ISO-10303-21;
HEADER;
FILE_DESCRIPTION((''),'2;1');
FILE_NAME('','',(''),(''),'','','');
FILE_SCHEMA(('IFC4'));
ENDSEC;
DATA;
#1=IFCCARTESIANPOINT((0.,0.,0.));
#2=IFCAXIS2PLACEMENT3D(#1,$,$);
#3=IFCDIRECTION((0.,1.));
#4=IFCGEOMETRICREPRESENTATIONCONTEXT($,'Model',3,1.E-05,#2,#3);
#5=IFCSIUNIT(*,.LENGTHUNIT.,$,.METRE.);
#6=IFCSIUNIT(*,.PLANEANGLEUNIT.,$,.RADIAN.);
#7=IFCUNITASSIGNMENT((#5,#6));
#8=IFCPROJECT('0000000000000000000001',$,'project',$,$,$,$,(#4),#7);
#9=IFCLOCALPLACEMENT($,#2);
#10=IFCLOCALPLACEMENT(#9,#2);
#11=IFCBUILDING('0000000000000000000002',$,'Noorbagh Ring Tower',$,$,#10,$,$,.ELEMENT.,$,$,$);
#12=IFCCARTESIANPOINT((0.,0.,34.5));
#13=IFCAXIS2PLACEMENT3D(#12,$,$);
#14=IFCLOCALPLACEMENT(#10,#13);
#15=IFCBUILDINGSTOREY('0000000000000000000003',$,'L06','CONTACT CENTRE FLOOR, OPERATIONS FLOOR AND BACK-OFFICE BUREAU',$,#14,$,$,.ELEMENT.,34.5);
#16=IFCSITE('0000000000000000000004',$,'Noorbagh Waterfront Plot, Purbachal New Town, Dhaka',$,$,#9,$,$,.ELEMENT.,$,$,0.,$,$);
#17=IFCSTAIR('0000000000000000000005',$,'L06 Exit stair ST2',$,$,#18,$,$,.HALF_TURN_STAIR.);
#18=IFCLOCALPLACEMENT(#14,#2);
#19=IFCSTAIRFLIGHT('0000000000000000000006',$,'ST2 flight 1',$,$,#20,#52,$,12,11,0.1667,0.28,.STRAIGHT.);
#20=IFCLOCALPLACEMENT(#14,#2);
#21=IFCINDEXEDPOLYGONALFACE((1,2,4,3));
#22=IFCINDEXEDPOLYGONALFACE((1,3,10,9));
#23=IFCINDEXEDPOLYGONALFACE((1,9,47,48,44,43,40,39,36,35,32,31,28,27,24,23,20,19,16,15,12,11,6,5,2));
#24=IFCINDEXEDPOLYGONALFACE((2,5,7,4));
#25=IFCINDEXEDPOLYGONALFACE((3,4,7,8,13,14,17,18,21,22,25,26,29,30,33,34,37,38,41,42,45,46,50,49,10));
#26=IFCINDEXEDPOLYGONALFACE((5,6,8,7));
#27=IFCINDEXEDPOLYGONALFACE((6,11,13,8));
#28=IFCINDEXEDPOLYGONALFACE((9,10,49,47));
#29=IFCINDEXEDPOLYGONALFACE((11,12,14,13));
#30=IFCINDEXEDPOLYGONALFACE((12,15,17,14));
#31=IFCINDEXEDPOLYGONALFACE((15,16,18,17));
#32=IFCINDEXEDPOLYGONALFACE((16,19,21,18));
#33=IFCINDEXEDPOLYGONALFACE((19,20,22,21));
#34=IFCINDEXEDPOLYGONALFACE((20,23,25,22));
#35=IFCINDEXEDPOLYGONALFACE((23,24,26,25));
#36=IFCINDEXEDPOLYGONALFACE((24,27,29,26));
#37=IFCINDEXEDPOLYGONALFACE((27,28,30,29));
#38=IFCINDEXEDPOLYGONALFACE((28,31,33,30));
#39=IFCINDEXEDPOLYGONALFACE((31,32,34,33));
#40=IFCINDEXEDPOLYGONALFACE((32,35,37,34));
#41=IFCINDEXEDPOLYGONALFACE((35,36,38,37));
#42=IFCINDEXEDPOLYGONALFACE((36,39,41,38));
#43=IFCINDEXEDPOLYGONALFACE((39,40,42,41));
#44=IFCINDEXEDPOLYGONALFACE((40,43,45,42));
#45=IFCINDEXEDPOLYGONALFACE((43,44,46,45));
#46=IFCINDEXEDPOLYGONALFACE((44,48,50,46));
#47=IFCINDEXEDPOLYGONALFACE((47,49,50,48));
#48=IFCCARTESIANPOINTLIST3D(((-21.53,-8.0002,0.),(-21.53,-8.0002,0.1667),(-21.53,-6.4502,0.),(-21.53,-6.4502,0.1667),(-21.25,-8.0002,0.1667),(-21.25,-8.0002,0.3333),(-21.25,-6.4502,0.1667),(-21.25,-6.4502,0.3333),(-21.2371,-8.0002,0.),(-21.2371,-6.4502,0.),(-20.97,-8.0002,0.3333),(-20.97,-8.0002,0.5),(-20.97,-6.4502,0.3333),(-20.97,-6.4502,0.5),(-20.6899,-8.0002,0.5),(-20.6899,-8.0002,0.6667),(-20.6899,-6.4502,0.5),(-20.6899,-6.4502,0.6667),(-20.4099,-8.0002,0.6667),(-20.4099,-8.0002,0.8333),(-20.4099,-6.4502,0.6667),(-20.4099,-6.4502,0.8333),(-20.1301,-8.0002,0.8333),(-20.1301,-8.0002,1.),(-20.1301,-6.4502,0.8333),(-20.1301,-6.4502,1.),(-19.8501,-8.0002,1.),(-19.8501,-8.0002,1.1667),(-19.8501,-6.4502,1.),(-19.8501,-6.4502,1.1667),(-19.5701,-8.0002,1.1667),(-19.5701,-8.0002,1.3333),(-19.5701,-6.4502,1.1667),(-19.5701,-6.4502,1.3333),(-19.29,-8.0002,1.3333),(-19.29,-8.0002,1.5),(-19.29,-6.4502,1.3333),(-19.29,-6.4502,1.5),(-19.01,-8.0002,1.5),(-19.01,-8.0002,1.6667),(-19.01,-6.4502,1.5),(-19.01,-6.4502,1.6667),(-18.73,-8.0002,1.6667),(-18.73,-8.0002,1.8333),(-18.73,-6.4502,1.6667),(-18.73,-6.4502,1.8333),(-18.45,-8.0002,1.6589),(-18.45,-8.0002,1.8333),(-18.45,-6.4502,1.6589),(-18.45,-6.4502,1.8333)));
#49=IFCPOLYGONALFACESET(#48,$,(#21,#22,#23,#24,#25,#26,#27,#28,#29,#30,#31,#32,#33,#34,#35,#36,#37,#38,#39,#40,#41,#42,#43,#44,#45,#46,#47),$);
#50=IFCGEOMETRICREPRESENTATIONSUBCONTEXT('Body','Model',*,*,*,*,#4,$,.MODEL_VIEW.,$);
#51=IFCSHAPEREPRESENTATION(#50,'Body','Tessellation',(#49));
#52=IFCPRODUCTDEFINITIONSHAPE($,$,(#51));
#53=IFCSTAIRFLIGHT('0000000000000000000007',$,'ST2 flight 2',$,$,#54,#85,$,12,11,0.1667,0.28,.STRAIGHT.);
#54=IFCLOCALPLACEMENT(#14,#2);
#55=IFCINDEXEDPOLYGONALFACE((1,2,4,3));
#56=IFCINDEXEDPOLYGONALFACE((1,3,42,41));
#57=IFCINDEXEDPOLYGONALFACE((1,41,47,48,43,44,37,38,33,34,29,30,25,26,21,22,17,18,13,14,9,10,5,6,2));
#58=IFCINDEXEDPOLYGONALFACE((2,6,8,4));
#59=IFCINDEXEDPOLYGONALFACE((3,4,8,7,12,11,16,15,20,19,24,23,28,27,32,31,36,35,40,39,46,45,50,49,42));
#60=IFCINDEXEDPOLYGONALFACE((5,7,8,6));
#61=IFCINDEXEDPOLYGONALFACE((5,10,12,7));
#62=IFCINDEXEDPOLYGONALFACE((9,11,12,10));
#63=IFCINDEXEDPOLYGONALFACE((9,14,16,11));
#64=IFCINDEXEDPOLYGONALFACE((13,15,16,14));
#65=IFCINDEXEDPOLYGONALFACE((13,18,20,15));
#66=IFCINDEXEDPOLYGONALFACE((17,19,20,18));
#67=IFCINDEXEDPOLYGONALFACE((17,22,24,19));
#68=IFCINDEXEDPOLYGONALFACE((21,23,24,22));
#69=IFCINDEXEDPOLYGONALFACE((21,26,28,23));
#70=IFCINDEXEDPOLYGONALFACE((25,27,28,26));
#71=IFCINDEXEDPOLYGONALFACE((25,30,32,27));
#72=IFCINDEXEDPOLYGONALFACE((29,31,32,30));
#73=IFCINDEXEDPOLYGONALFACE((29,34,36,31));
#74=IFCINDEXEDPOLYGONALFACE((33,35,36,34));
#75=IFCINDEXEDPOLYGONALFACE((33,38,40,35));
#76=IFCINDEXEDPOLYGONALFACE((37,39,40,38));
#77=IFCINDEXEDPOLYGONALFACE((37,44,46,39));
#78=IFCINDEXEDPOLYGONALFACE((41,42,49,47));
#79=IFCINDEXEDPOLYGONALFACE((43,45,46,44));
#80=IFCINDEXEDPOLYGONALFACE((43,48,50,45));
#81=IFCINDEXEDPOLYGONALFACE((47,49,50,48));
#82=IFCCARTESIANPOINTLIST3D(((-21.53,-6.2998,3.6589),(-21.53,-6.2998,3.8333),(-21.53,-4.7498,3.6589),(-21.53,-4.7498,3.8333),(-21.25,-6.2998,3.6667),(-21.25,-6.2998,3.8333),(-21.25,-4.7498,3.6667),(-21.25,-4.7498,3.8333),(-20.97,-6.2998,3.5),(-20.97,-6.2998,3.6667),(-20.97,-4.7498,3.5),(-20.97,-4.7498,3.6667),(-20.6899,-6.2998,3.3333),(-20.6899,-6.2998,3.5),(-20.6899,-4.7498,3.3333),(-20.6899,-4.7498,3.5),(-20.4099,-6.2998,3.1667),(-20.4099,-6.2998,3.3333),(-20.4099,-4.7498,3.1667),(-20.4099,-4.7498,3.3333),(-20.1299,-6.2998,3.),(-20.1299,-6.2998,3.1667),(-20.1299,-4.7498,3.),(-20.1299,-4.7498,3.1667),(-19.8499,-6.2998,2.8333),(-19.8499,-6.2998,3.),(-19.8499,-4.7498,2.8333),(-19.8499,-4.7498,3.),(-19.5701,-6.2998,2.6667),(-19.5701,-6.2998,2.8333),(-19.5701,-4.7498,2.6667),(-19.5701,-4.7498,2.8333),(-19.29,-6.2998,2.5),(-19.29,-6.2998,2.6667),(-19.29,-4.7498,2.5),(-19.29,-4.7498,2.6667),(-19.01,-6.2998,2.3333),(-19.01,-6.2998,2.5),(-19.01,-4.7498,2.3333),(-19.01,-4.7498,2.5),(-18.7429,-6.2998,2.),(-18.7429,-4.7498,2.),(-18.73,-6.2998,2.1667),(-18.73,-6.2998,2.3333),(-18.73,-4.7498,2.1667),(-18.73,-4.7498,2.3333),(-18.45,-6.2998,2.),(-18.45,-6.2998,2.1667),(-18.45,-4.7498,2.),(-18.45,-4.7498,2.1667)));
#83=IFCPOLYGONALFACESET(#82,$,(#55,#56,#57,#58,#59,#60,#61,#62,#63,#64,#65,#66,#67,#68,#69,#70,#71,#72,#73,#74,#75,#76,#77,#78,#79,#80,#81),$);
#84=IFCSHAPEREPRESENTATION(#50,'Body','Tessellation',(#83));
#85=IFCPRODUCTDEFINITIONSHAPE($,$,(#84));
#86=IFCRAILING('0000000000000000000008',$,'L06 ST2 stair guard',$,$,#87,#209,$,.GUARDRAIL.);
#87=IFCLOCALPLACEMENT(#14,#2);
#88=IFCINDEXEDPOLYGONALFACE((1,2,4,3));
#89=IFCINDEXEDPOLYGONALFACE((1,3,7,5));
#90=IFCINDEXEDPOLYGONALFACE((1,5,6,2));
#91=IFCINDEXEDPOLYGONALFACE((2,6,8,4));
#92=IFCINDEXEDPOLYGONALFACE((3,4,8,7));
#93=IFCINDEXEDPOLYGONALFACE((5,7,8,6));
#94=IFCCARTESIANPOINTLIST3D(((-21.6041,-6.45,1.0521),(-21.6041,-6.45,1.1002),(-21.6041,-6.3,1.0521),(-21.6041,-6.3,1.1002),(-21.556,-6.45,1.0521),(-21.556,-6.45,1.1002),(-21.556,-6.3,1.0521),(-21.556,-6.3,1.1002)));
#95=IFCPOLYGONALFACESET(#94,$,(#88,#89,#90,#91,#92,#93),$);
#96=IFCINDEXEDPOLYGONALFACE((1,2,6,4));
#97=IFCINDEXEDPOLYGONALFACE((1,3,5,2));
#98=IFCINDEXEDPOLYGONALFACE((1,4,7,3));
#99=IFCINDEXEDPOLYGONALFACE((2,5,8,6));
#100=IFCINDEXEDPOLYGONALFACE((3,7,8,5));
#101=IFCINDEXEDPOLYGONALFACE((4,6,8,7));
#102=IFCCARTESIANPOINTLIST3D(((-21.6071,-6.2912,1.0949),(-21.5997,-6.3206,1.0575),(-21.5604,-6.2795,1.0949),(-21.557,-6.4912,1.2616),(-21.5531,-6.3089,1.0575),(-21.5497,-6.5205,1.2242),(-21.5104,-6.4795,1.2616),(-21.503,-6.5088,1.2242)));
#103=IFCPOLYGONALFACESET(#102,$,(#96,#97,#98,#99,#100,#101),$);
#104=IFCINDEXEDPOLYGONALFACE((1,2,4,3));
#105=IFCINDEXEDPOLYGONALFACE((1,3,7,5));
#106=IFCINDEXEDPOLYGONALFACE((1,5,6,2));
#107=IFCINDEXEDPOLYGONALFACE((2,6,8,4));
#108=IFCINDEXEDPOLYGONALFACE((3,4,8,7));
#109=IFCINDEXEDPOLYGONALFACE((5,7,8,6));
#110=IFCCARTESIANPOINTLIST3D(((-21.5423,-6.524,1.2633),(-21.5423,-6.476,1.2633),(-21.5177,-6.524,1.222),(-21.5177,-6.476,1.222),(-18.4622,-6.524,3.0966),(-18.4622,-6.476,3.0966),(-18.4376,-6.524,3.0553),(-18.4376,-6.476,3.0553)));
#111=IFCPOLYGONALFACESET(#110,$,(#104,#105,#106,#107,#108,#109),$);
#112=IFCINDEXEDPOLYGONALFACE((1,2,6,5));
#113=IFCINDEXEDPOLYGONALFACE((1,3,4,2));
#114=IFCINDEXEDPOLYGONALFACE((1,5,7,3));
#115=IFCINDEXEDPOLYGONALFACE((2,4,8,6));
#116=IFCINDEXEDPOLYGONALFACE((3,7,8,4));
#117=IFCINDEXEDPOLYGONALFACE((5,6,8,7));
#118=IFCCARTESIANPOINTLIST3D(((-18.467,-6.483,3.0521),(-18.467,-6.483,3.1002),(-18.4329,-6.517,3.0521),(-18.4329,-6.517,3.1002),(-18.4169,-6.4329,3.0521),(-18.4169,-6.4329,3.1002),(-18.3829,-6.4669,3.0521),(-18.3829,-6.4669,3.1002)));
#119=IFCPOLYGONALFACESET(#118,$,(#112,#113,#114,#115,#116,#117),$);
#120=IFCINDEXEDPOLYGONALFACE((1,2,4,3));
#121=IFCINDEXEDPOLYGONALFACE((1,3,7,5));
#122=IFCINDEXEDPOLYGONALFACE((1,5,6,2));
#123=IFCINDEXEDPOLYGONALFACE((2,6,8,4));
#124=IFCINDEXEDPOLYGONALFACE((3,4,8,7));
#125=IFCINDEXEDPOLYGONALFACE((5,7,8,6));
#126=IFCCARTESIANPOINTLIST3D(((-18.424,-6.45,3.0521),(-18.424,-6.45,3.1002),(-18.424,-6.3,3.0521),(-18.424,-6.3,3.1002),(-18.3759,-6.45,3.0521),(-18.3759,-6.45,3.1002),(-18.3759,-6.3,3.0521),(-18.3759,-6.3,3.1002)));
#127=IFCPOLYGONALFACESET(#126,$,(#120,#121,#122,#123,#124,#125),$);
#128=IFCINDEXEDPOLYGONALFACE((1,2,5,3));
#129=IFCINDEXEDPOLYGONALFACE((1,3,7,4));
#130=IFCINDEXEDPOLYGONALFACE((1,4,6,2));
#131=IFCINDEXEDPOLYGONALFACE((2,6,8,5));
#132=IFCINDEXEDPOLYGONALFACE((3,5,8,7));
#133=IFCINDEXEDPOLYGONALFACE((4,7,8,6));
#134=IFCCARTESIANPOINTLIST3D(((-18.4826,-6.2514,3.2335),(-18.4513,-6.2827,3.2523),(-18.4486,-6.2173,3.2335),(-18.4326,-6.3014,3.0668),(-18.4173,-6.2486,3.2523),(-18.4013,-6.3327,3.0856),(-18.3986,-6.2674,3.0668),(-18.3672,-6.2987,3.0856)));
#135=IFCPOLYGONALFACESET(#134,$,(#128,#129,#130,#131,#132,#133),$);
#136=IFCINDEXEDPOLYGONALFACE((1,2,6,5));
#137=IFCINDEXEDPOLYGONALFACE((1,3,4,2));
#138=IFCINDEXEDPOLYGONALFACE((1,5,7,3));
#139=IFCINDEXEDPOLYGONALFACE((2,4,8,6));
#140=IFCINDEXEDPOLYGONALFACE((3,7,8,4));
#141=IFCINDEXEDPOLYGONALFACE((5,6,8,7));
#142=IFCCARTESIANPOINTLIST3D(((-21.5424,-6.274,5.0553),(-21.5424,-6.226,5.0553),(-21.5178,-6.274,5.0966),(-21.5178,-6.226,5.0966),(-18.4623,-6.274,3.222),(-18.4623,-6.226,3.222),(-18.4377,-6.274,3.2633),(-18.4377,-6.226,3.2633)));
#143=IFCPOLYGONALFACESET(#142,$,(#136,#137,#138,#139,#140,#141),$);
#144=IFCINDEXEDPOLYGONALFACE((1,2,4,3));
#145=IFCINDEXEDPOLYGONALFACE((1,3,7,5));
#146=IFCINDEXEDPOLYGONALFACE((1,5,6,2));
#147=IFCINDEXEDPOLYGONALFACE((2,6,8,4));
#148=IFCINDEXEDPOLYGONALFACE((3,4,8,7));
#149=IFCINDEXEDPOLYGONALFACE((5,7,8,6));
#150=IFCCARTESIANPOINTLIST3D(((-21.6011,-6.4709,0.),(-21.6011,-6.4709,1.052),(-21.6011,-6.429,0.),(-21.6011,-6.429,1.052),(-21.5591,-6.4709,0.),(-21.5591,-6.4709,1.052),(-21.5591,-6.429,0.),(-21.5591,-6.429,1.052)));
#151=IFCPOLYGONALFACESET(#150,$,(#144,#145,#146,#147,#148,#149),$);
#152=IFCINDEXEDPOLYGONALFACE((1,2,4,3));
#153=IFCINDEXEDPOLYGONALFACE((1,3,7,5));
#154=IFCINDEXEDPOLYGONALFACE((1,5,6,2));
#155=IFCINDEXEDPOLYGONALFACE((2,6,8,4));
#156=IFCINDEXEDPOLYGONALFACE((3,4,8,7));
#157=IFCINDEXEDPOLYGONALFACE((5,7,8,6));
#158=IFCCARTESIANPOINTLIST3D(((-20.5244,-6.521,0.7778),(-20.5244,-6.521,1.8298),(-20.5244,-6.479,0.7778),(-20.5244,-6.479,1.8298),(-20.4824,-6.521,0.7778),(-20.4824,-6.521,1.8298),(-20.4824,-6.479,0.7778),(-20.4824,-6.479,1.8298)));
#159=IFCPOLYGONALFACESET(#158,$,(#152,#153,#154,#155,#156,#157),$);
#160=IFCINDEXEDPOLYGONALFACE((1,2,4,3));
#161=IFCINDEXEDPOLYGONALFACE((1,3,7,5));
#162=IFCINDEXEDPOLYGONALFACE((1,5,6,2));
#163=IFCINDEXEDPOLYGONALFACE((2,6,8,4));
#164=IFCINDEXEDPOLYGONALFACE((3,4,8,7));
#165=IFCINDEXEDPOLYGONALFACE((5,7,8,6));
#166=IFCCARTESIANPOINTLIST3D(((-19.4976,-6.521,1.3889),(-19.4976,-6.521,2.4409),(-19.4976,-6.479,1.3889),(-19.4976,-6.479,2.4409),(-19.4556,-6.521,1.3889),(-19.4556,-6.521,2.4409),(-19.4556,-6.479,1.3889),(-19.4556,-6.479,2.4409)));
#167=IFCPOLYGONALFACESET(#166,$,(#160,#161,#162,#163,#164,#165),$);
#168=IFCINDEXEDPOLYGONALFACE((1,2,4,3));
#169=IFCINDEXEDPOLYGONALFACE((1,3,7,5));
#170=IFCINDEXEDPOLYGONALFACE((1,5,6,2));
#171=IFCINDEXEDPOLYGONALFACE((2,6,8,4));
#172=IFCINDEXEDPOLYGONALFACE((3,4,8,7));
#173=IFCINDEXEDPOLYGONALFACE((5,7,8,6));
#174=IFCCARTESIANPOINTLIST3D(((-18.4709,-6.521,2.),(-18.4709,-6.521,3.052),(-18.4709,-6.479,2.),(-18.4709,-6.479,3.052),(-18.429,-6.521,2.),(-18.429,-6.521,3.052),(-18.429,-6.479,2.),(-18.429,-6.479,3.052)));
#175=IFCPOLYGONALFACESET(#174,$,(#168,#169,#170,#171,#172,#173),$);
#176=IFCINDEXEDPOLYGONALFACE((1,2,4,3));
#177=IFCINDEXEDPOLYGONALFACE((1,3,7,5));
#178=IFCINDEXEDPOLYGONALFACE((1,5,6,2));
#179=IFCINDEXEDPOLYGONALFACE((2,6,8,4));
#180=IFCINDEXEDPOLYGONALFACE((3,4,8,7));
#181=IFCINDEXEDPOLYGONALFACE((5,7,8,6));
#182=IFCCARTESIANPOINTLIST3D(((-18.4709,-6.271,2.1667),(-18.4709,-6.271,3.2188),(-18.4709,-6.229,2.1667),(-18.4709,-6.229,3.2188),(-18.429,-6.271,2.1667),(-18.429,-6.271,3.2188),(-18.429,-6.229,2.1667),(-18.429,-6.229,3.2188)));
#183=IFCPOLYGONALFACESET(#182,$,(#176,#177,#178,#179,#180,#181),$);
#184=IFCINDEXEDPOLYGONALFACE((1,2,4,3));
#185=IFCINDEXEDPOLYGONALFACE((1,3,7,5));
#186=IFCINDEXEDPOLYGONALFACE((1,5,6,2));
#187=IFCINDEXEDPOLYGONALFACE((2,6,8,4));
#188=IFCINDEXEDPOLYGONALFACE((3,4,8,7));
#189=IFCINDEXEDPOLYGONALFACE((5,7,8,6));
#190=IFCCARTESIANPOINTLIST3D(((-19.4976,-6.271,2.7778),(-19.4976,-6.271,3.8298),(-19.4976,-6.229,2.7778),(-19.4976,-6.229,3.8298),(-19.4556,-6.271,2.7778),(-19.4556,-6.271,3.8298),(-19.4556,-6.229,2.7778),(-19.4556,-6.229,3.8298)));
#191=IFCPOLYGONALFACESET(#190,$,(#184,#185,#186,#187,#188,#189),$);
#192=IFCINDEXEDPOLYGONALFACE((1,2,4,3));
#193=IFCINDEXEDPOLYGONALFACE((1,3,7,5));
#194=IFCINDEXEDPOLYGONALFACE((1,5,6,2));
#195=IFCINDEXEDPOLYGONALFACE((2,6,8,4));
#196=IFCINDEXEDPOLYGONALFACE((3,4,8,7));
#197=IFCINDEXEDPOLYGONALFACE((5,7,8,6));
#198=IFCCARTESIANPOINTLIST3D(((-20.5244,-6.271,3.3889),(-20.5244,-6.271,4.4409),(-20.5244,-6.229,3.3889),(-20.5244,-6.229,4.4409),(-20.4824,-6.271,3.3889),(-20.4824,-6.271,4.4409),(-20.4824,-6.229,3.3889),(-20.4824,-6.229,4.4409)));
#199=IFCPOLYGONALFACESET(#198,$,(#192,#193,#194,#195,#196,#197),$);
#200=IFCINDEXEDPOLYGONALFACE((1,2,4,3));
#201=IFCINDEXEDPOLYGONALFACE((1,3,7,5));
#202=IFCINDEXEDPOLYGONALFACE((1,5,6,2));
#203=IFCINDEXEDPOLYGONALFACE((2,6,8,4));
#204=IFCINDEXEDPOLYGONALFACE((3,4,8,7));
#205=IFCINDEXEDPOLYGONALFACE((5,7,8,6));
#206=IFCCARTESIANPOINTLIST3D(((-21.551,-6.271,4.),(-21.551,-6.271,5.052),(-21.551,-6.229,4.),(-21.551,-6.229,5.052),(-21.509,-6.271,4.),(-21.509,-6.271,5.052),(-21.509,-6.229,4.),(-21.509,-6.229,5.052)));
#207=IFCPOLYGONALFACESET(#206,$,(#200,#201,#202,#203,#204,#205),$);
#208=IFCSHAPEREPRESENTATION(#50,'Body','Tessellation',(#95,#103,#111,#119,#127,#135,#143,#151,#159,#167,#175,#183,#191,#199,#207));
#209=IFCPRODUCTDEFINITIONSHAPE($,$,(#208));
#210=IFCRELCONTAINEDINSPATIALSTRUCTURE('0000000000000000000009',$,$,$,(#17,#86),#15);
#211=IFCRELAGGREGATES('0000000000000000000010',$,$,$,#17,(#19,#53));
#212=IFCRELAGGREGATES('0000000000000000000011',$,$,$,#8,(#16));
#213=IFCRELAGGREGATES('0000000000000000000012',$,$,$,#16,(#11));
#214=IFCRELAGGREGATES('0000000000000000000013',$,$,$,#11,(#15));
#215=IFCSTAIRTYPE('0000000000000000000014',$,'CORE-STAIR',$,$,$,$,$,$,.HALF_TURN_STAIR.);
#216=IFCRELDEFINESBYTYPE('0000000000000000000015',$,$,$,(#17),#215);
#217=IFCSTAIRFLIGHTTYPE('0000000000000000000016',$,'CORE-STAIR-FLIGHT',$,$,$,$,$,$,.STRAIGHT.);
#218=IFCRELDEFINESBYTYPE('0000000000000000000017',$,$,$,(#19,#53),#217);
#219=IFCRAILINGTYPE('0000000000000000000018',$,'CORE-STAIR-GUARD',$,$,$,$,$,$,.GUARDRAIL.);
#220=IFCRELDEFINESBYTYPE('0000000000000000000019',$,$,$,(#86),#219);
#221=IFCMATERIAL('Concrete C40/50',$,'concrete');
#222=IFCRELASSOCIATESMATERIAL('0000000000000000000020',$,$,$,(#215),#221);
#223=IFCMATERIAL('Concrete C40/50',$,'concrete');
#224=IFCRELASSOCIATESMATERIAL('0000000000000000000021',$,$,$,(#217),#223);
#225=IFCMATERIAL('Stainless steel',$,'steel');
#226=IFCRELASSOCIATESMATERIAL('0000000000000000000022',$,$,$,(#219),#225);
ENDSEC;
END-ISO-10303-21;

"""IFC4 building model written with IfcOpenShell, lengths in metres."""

from ifc_helpers import new_model, si_unit, direction, frame, origin, origin_2d, place, context, subcontext, project, spatial, polyline, rectangle, outline, extrude, material, type_object, element, aggregate, save


model = new_model("IFC4")

# Units and contexts
model_context = context("Model", 3, precision=1e-05, world=origin(), true_north=direction((0.0, 1.0)))
body_context = subcontext(model_context, "Body", "Model", "MODEL_VIEW")
ifc_project = project(units=[si_unit("LENGTHUNIT", "METRE"), si_unit("PLANEANGLEUNIT", "RADIAN")], contexts=[model_context])

# Site, building, storey
site_placement = place(None, origin())
site = spatial("IfcSite", under=ifc_project, at=site_placement, Name="Noorbagh Waterfront Plot, Purbachal New Town, Dhaka", CompositionType="ELEMENT", RefElevation=0.0)
building_placement = place(site_placement, origin())
building = spatial("IfcBuilding", under=site, at=building_placement, Name="Noorbagh Ring Tower", CompositionType="ELEMENT")
storey_placement = place(building_placement, frame((0.0, 0.0, 34.5)))
storey = spatial("IfcBuildingStorey", under=building, at=storey_placement, Name="L06", Description="CONTACT CENTRE FLOOR, OPERATIONS FLOOR AND BACK-OFFICE BUREAU", CompositionType="ELEMENT", Elevation=34.5)

# Stair, stair flights
ifc_material_1 = material(Name="Concrete C40/50", Category="concrete")
stair_type = type_object("IfcStairType", Name="CORE-STAIR", PredefinedType="HALF_TURN_STAIR", material=ifc_material_1)
stair_placement = place(storey_placement, origin())
stair = element("IfcStair", 1, at=stair_placement, inside=storey, type_object=stair_type, Name="L06 Exit stair ST2", PredefinedType="HALF_TURN_STAIR")
ifc_material_2 = material(Name="Concrete C40/50", Category="concrete")
stair_flight_type = type_object("IfcStairFlightType", Name="CORE-STAIR-FLIGHT", PredefinedType="STRAIGHT", material=ifc_material_2)
stair_flight_1_placement = place(storey_placement, frame((-21.53, -7.2251, 0.0), z_axis=(0.0, 0.0, 1.0), x_axis=(1.0, 0.0, 0.0)))
stair_flight_1 = element("IfcStairFlight", 2, at=stair_flight_1_placement, type_object=stair_flight_type, Name="ST2 flight 1", NumberOfRisers=12, NumberOfTreads=11, PredefinedType="STRAIGHT", RiserHeight=0.1667, TreadLength=0.28, context=body_context, shape_type="SweptSolid", body=[
    extrude(outline(polyline([(0.0, 0.0), (0.0, 0.1667), (0.28, 0.1667), (0.28, 0.3333), (0.5601, 0.3333), (0.5601, 0.5), (0.8401, 0.5), (0.8401, 0.6667), (1.1201, 0.6667), (1.1201, 0.8333), (1.3999, 0.8333), (1.3999, 1.0), (1.6799, 1.0), (1.6799, 1.1667), (1.96, 1.1667), (1.96, 1.3333), (2.24, 1.3333), (2.24, 1.5), (2.52, 1.5), (2.52, 1.6667), (2.8, 1.6667), (2.8, 1.8333), (3.0801, 1.8333), (3.0801, 2.0), (3.0801, 1.6589), (0.293, 0.0), (0.0, 0.0)])), frame((0.0, 0.7749, 0.0), z_axis=(0.0, -1.0, 0.0), x_axis=(1.0, 0.0, 0.0)), (0.0, 0.0, 1.0), 1.55),
])
stair_flight_2_placement = place(storey_placement, frame((-18.45, -5.5249, 2.0), z_axis=(0.0, 0.0, 1.0), x_axis=(-1.0, 0.0, 0.0)))
stair_flight_2 = element("IfcStairFlight", 3, at=stair_flight_2_placement, type_object=stair_flight_type, Name="ST2 flight 2", NumberOfRisers=12, NumberOfTreads=11, PredefinedType="STRAIGHT", RiserHeight=0.1667, TreadLength=0.28, context=body_context, shape_type="SweptSolid", body=[
    extrude(outline(polyline([(0.0, 0.0), (0.0, 0.1667), (0.28, 0.1667), (0.28, 0.3333), (0.5601, 0.3333), (0.5601, 0.5), (0.8401, 0.5), (0.8401, 0.6667), (1.1201, 0.6667), (1.1201, 0.8333), (1.3999, 0.8333), (1.3999, 1.0), (1.6799, 1.0), (1.6799, 1.1667), (1.96, 1.1667), (1.96, 1.3333), (2.24, 1.3333), (2.24, 1.5), (2.52, 1.5), (2.52, 1.6667), (2.8, 1.6667), (2.8, 1.8333), (3.0801, 1.8333), (3.0801, 2.0), (3.0801, 1.6589), (0.293, 0.0), (0.0, 0.0)])), frame((0.0, 0.7749, 0.0), z_axis=(0.0, -1.0, 0.0), x_axis=(1.0, 0.0, 0.0)), (0.0, 0.0, 1.0), 1.55),
])
aggregate(stair, [stair_flight_1, stair_flight_2])

# Railing
ifc_material_3 = material(Name="Stainless steel", Category="steel")
railing_type_1 = type_object("IfcRailingType", Name="CORE-STAIR-GUARD", PredefinedType="GUARDRAIL", material=ifc_material_3)
railing_1_placement = place(storey_placement, frame((-21.5801, -6.45, 0.0)))
element("IfcRailing", 4, at=railing_1_placement, inside=storey, type_object=railing_type_1, Name="L06 ST2 stair guard", PredefinedType="GUARDRAIL", context=body_context, shape_type="SweptSolid", body=[
    extrude(rectangle(XDim=0.0481, YDim=0.0481, at=origin_2d()), frame((0.0, 0.0, 1.0762), z_axis=(0.0, 1.0, 0.0), x_axis=(-1.0, 0.0, 0.0)), (0.0, 0.0, 1.0), 0.1499),
    extrude(rectangle(XDim=0.0481, YDim=0.0481, at=origin_2d()), frame((0.0, 0.1499, 1.0762), z_axis=(0.188776, -0.754182, 0.628946), x_axis=(0.970073, 0.242814, 0.0)), (0.0, 0.0, 1.0), 0.2651),
    extrude(rectangle(XDim=0.0481, YDim=0.0481, at=origin_2d()), frame((0.05, -0.05, 1.2427), z_axis=(0.859309, 0.0, 0.511458), x_axis=(0.0, 1.0, 0.0)), (0.0, 0.0, 1.0), 3.5845),
    extrude(rectangle(XDim=0.0481, YDim=0.0481, at=origin_2d()), frame((3.1301, -0.05, 3.0762), z_axis=(0.707107, 0.707107, 0.0), x_axis=(-0.707107, 0.707107, 0.0)), (0.0, 0.0, 1.0), 0.0708),
    extrude(rectangle(XDim=0.0481, YDim=0.0481, at=origin_2d()), frame((3.1802, 0.0, 3.0762), z_axis=(0.0, 1.0, 0.0), x_axis=(-1.0, 0.0, 0.0)), (0.0, 0.0, 1.0), 0.1499),
    extrude(rectangle(XDim=0.0481, YDim=0.0481, at=origin_2d()), frame((3.1802, 0.1499, 3.0762), z_axis=(-0.276287, 0.276287, 0.920506), x_axis=(-0.707107, -0.707107, 0.0)), (0.0, 0.0, 1.0), 0.1812),
    extrude(rectangle(XDim=0.0481, YDim=0.0481, at=origin_2d()), frame((3.1301, 0.2, 3.2427), z_axis=(-0.859309, 0.0, 0.511458), x_axis=(0.0, -1.0, 0.0)), (0.0, 0.0, 1.0), 3.5845),
    extrude(rectangle(XDim=0.042, YDim=0.042, at=origin_2d()), origin(), (0.0, 0.0, 1.0), 1.052),
    extrude(rectangle(XDim=0.042, YDim=0.042, at=origin_2d()), frame((1.0767, -0.05, 0.7778)), (0.0, 0.0, 1.0), 1.052),
    extrude(rectangle(XDim=0.042, YDim=0.042, at=origin_2d()), frame((2.1035, -0.05, 1.3889)), (0.0, 0.0, 1.0), 1.052),
    extrude(rectangle(XDim=0.042, YDim=0.042, at=origin_2d()), frame((3.1301, -0.05, 2.0)), (0.0, 0.0, 1.0), 1.052),
    extrude(rectangle(XDim=0.042, YDim=0.042, at=origin_2d()), frame((3.1301, 0.2, 2.1667)), (0.0, 0.0, 1.0), 1.052),
    extrude(rectangle(XDim=0.042, YDim=0.042, at=origin_2d()), frame((2.1035, 0.2, 2.7778)), (0.0, 0.0, 1.0), 1.052),
    extrude(rectangle(XDim=0.042, YDim=0.042, at=origin_2d()), frame((1.0767, 0.2, 3.3889)), (0.0, 0.0, 1.0), 1.052),
    extrude(rectangle(XDim=0.042, YDim=0.042, at=origin_2d()), frame((0.05, 0.2, 4.0)), (0.0, 0.0, 1.0), 1.052),
])

save(model, "model.ifc")
